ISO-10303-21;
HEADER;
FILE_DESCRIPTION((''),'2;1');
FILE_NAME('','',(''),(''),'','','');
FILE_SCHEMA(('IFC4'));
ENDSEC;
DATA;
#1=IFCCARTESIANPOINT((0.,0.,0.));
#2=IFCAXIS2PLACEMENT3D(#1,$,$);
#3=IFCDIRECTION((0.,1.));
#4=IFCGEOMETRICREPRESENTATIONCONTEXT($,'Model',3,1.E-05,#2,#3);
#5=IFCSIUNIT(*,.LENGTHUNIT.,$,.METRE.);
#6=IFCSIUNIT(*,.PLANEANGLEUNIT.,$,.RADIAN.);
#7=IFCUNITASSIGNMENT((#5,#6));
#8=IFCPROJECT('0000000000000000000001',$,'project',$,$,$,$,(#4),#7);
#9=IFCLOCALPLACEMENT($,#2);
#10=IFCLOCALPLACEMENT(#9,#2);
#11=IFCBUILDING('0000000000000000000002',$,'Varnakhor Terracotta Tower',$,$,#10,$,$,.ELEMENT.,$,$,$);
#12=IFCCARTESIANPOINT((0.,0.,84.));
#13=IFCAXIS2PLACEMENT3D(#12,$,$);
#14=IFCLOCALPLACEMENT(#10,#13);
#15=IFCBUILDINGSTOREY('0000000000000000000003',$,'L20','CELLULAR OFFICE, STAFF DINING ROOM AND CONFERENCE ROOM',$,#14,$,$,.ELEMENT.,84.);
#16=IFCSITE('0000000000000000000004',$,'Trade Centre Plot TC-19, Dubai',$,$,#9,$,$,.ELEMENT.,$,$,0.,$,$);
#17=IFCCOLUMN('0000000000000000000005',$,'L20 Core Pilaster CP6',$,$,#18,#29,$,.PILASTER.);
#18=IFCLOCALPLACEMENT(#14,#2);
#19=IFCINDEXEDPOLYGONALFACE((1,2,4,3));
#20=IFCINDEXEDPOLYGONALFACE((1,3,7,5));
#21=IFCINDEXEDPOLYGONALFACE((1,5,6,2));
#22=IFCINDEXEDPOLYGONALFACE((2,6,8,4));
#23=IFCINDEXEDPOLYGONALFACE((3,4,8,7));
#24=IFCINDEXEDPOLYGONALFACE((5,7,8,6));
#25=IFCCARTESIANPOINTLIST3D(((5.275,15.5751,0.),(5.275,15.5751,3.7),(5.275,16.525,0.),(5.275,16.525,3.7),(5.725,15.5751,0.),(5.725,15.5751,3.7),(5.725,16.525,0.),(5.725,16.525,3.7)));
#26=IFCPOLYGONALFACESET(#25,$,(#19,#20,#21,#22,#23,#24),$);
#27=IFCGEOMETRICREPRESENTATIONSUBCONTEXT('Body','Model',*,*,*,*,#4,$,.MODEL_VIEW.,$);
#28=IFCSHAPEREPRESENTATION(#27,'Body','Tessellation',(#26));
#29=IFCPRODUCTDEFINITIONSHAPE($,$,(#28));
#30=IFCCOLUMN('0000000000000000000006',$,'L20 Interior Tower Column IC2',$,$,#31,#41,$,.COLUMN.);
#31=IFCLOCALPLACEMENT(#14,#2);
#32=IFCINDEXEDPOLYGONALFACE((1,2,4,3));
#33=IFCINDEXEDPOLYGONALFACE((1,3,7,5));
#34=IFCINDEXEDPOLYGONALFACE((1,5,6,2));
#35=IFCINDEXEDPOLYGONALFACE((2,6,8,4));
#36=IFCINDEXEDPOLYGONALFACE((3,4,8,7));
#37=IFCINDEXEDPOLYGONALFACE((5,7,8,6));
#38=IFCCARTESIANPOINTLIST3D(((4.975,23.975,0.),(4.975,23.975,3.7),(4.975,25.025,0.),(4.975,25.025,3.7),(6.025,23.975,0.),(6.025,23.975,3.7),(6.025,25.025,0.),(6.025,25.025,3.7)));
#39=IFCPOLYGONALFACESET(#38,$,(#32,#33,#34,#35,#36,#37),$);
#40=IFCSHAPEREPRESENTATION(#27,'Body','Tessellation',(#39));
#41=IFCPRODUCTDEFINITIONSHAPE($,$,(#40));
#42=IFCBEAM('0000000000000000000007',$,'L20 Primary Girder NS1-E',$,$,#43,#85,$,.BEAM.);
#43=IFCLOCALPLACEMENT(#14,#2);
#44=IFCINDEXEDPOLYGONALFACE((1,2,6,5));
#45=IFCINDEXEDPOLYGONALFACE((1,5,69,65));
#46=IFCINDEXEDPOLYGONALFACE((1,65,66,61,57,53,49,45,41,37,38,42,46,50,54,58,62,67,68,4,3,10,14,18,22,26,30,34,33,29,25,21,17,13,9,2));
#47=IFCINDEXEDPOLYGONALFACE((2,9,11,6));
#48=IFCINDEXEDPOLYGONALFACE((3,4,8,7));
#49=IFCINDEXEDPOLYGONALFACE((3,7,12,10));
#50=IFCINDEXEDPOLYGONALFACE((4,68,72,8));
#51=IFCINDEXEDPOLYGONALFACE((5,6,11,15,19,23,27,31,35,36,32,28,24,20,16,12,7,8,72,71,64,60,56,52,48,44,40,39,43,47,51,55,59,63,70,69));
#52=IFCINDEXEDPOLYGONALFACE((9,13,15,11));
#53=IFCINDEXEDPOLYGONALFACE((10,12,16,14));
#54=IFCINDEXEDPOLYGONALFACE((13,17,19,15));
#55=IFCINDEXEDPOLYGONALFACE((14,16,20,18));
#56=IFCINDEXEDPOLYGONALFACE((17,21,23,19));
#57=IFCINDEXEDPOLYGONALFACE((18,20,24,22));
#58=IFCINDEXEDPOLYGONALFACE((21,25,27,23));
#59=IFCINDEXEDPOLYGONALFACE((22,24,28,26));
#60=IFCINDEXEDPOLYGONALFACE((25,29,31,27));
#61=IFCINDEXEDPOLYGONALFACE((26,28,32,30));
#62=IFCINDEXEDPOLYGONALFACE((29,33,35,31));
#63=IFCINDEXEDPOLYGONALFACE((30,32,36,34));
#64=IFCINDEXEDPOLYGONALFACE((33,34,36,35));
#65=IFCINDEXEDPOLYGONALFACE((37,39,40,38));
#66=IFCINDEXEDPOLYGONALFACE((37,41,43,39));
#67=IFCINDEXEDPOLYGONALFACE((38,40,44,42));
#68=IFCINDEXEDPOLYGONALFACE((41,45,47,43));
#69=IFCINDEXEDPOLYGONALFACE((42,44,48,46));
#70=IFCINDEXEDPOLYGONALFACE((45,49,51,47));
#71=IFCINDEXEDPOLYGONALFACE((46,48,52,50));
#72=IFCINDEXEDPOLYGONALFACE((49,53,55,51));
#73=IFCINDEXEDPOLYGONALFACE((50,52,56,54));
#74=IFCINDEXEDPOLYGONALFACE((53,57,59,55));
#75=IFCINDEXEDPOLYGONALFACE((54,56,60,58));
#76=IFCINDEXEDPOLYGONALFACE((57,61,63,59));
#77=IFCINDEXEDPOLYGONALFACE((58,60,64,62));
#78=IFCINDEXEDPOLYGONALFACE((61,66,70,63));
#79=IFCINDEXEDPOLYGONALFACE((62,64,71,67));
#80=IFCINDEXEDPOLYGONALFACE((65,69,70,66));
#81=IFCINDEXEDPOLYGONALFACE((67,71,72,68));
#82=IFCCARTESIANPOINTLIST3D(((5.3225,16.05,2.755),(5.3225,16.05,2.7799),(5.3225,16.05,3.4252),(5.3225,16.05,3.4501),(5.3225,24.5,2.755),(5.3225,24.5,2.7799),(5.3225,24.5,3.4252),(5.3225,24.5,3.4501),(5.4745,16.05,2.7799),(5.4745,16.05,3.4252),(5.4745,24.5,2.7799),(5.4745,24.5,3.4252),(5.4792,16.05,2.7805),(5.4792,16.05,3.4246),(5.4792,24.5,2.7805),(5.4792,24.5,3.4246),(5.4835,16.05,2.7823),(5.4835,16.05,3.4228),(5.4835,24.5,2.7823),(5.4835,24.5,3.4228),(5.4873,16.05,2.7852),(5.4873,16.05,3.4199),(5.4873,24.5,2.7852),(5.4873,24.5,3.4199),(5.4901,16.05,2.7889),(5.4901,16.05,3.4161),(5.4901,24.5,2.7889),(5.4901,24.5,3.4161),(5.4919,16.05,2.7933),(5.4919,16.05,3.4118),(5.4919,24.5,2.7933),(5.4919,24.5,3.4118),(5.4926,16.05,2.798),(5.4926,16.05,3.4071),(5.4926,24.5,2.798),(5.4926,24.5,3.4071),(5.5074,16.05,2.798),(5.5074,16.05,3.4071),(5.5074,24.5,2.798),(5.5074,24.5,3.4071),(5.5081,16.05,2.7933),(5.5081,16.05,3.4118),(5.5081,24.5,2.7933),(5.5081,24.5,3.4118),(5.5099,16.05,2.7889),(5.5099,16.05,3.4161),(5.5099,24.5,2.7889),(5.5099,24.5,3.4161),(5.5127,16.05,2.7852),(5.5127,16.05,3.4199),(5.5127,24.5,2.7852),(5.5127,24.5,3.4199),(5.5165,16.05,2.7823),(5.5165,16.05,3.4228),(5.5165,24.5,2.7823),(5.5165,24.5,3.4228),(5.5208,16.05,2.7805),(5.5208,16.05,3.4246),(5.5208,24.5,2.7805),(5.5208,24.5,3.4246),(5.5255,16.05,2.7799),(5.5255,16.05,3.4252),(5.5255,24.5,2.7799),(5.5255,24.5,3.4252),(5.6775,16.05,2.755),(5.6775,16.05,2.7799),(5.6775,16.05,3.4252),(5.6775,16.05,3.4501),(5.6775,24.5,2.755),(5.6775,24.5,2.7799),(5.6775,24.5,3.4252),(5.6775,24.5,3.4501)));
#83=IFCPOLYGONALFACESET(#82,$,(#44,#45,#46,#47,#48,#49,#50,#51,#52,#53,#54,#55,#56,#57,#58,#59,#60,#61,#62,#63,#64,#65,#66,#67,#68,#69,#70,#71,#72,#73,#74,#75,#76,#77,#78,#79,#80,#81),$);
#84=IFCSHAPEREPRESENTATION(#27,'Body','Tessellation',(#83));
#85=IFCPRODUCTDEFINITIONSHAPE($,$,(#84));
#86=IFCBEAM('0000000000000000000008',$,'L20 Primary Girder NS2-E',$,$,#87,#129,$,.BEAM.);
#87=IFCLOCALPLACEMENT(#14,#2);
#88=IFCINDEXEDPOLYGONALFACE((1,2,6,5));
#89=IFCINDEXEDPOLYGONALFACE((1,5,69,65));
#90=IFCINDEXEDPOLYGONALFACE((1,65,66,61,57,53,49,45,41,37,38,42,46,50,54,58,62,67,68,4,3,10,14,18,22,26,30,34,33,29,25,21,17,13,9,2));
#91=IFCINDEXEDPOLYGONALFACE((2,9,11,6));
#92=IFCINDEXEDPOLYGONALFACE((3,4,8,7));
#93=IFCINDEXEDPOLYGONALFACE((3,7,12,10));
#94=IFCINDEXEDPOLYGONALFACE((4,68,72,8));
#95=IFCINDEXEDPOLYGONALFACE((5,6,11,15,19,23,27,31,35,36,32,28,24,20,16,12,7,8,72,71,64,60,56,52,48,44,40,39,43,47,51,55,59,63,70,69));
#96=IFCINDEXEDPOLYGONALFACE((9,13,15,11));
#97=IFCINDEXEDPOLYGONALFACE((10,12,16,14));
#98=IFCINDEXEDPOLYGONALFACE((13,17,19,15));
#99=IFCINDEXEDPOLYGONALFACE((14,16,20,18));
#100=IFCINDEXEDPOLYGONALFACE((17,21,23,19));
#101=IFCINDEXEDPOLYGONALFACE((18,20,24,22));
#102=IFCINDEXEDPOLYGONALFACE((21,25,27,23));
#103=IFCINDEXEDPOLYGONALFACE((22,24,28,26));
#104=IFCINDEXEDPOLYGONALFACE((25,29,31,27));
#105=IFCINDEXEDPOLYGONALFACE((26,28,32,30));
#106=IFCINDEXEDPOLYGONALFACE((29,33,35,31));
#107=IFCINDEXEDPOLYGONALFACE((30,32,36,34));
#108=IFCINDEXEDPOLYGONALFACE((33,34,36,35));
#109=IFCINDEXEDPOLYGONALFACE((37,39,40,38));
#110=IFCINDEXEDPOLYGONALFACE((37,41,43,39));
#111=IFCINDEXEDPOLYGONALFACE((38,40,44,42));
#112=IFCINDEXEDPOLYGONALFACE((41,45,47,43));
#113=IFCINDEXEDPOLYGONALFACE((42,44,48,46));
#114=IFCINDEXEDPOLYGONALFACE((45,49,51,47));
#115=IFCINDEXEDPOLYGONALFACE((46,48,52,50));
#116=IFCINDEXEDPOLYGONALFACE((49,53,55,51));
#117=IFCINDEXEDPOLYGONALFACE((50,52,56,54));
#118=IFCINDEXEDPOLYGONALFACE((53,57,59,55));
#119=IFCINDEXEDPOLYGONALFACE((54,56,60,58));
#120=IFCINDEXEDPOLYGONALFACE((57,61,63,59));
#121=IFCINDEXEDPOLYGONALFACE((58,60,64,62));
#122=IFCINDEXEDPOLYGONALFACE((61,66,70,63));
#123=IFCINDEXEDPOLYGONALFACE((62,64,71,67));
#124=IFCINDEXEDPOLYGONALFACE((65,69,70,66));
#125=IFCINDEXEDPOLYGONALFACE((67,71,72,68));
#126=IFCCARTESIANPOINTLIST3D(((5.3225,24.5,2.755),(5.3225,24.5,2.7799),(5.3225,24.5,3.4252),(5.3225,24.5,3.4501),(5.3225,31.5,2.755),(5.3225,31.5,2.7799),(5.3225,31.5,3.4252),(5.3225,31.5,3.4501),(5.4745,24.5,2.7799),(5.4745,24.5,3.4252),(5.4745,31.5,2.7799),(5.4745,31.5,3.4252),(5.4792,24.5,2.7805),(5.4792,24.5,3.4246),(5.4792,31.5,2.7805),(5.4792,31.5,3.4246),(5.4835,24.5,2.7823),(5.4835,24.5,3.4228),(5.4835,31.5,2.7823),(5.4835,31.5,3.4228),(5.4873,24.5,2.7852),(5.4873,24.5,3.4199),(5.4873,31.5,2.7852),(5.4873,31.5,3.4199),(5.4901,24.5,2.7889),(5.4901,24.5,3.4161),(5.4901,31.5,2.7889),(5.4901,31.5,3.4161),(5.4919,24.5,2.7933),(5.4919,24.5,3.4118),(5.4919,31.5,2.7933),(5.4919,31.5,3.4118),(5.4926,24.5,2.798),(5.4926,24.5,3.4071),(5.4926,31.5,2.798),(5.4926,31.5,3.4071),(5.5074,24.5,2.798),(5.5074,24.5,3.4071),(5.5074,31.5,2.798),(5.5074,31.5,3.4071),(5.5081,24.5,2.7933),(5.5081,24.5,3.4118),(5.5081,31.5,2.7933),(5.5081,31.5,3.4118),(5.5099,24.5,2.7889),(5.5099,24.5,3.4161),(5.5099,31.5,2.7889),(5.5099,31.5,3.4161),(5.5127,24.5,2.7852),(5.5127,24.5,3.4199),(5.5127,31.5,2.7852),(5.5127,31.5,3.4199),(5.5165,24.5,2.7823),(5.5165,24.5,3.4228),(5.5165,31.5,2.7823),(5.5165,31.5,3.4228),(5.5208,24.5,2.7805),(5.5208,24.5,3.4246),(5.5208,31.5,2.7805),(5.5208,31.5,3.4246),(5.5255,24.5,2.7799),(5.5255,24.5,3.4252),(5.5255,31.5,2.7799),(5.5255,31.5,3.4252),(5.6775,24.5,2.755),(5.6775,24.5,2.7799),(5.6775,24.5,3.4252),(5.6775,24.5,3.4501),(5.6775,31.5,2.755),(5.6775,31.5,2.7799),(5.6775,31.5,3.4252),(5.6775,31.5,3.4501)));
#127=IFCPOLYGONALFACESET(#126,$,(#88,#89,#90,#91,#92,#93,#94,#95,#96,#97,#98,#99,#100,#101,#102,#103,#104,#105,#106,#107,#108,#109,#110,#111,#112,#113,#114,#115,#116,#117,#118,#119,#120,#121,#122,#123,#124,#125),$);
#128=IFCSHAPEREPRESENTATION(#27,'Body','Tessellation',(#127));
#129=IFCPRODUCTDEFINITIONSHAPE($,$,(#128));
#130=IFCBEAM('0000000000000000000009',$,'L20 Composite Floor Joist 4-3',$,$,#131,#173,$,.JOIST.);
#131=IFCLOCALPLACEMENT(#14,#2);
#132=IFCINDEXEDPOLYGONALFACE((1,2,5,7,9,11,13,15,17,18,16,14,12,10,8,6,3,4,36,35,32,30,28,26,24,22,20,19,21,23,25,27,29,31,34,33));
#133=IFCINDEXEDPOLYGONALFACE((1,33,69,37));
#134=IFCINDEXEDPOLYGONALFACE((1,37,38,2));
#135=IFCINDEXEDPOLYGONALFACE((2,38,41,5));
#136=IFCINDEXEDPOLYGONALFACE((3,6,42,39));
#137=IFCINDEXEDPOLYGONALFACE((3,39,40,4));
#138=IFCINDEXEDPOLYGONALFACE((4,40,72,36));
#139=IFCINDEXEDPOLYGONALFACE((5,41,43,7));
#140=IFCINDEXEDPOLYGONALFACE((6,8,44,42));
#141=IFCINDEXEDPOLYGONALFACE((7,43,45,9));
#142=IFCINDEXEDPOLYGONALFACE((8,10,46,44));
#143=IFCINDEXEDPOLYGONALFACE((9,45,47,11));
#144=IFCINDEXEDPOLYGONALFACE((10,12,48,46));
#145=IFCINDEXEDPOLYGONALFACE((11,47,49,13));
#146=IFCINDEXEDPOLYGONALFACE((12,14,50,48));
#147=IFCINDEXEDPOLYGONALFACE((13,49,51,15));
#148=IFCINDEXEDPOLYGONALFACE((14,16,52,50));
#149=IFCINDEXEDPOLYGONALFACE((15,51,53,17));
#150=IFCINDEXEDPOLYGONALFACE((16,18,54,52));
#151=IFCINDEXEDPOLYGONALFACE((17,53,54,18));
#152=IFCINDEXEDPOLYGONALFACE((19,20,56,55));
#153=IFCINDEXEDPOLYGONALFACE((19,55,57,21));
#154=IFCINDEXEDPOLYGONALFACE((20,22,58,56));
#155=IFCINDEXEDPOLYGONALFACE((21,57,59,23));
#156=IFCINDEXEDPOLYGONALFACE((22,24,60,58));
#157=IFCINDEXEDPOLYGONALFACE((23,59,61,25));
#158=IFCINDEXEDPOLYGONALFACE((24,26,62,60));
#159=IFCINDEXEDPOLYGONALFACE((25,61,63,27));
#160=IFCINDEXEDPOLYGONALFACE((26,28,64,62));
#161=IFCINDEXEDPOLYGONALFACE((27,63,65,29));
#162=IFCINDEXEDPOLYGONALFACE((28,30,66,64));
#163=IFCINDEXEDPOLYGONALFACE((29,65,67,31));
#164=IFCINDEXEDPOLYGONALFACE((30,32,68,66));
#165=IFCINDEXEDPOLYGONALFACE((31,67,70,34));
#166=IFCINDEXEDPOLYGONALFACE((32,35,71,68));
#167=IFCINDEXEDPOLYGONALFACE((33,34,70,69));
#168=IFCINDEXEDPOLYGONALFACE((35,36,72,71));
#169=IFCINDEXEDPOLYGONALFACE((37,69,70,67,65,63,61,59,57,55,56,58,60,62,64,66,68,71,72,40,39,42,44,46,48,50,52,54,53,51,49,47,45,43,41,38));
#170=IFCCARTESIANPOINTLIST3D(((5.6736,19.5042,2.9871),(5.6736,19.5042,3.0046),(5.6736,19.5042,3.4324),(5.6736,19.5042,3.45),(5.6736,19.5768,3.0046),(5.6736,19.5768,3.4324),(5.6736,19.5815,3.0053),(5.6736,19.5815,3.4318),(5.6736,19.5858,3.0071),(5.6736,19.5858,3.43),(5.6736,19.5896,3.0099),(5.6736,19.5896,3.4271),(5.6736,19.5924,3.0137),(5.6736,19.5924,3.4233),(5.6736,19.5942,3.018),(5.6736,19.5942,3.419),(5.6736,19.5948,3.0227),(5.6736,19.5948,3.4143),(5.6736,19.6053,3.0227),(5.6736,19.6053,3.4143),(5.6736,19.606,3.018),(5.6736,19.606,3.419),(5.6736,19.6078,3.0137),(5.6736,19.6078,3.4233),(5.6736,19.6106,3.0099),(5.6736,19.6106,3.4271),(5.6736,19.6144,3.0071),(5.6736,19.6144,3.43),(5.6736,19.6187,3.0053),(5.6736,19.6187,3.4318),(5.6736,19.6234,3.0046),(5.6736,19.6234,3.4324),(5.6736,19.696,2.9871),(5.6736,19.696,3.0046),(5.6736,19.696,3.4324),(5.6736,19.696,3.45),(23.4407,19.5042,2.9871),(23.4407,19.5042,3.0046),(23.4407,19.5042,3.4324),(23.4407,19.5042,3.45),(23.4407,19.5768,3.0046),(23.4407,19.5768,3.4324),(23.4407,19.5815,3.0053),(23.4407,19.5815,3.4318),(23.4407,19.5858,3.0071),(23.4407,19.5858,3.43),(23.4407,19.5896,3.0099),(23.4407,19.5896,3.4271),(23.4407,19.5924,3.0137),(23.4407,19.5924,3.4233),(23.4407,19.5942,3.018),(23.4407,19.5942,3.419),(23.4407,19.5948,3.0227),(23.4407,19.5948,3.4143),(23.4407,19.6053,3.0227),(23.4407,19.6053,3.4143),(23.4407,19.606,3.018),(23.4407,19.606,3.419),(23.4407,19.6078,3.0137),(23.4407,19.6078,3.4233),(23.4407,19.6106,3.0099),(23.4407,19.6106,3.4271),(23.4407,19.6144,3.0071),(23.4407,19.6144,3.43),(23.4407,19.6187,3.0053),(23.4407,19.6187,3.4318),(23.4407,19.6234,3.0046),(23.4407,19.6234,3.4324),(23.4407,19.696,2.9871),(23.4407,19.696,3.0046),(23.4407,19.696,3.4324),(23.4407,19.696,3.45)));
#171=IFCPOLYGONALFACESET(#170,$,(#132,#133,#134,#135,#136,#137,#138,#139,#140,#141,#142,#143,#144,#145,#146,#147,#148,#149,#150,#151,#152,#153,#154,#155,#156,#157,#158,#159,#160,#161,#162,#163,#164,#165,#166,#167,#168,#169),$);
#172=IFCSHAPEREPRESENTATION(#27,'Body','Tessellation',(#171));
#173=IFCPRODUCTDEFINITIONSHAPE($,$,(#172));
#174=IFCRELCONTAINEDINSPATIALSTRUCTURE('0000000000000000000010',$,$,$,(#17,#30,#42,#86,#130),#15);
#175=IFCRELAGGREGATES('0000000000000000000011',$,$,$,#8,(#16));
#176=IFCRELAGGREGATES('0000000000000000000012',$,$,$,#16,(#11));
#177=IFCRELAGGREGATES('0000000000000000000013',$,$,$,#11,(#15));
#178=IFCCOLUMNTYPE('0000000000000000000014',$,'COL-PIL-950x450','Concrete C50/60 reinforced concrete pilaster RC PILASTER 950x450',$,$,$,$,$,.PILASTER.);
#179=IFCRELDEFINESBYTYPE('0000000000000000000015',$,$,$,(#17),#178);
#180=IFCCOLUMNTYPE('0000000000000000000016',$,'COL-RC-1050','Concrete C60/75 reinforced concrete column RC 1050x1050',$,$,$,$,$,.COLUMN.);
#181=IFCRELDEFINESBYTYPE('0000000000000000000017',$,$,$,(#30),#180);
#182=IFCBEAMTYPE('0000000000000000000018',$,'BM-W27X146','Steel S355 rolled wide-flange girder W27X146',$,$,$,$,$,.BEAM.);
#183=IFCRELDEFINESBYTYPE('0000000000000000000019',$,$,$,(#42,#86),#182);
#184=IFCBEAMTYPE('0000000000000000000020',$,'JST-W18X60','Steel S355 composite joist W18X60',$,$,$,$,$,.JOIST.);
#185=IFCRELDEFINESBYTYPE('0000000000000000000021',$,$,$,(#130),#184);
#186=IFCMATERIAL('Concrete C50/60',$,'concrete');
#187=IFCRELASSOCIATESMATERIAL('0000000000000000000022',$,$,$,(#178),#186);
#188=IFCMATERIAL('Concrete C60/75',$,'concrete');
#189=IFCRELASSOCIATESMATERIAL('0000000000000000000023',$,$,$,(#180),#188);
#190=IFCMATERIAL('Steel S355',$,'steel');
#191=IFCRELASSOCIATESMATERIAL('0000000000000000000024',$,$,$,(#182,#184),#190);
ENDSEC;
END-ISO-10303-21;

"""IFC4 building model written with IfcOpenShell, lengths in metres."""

from ifc_helpers import new_model, si_unit, direction, frame, origin, origin_2d, place, context, subcontext, project, spatial, rectangle, i_section, extrude, source, transform, mapped, material, material_profile, profile_set, type_object, type_shapes, element, save


model = new_model("IFC4")

# Units and contexts
model_context = context("Model", 3, precision=1e-05, world=origin(), true_north=direction((0.0, 1.0)))
body_context = subcontext(model_context, "Body", "Model", "MODEL_VIEW")
ifc_project = project(units=[si_unit("LENGTHUNIT", "METRE"), si_unit("PLANEANGLEUNIT", "RADIAN")], contexts=[model_context])

# Site, building, storey
site_placement = place(None, origin())
site = spatial("IfcSite", under=ifc_project, at=site_placement, Name="Trade Centre Plot TC-19, Dubai", CompositionType="ELEMENT", RefElevation=0.0)
building_placement = place(site_placement, origin())
building = spatial("IfcBuilding", under=site, at=building_placement, Name="Varnakhor Terracotta Tower", CompositionType="ELEMENT")
storey_placement = place(building_placement, frame((0.0, 0.0, 84.0)))
storey = spatial("IfcBuildingStorey", under=building, at=storey_placement, Name="L20", Description="CELLULAR OFFICE, STAFF DINING ROOM AND CONFERENCE ROOM", CompositionType="ELEMENT", Elevation=84.0)

# Columns
ifc_material_1 = material(Name="Concrete C50/60", Category="concrete")
ifc_material_profile_1 = material_profile(ifc_material_1, rectangle(XDim=0.45, YDim=0.95, at=origin_2d()), Name="RC PILASTER 950x450")
ifc_profile_set_1 = profile_set([ifc_material_profile_1], Name="Concrete C50/60")
column_type_1 = type_object("IfcColumnType", Name="COL-PIL-950x450", Description="Concrete C50/60 reinforced concrete pilaster RC PILASTER 950x450", PredefinedType="PILASTER", material=ifc_profile_set_1)
shared_shape_1 = source(origin(), body_context, "Body", "SweptSolid", [
    extrude(rectangle(XDim=0.45, YDim=0.95, at=origin_2d()), origin(), (0.0, 0.0, 1.0), 3.7),
])
column_1_placement = place(storey_placement, frame((5.5, 16.05, 0.0), z_axis=(0.0, 0.0, 1.0), x_axis=(1.0, 0.0, 0.0)))
element("IfcColumn", 1, at=column_1_placement, inside=storey, type_object=column_type_1, Name="L20 Core Pilaster CP6", PredefinedType="PILASTER", context=body_context, shape_type="MappedRepresentation", body=[
    mapped(shared_shape_1, transform((0.0, 0.0, 0.0), scale=1.0)),
])
ifc_material_2 = material(Name="Concrete C60/75", Category="concrete")
ifc_material_profile_2 = material_profile(ifc_material_2, rectangle(XDim=1.05, YDim=1.05, at=origin_2d()), Name="RC 1050x1050")
ifc_profile_set_2 = profile_set([ifc_material_profile_2], Name="Concrete C60/75")
column_type_2 = type_object("IfcColumnType", Name="COL-RC-1050", Description="Concrete C60/75 reinforced concrete column RC 1050x1050", PredefinedType="COLUMN", material=ifc_profile_set_2)
shared_shape_2 = source(origin(), body_context, "Body", "SweptSolid", [
    extrude(rectangle(XDim=1.05, YDim=1.05, at=origin_2d()), origin(), (0.0, 0.0, 1.0), 3.7),
])
column_2_placement = place(storey_placement, frame((5.5, 24.5, 0.0), z_axis=(0.0, 0.0, 1.0), x_axis=(1.0, 0.0, 0.0)))
element("IfcColumn", 2, at=column_2_placement, inside=storey, type_object=column_type_2, Name="L20 Interior Tower Column IC2", PredefinedType="COLUMN", context=body_context, shape_type="MappedRepresentation", body=[
    mapped(shared_shape_2, transform((0.0, 0.0, 0.0), scale=1.0)),
])

# Beams
ifc_material_3 = material(Name="Steel S355", Category="steel")
ifc_material_profile_3 = material_profile(ifc_material_3, i_section(OverallWidth=0.355, OverallDepth=0.6951, WebThickness=0.0149, FlangeThickness=0.0249, FilletRadius=0.0181, at=origin_2d()), Name="W27X146")
ifc_profile_set_3 = profile_set([ifc_material_profile_3], Name="Steel S355")
beam_type_1 = type_object("IfcBeamType", Name="BM-W27X146", Description="Steel S355 rolled wide-flange girder W27X146", PredefinedType="BEAM", material=ifc_profile_set_3)
shared_shape_3 = source(origin(), body_context, "Body", "SweptSolid", [
    extrude(i_section(OverallWidth=0.355, OverallDepth=0.6951, WebThickness=0.0149, FlangeThickness=0.0249, FilletRadius=0.0181, at=origin_2d()), origin(), (0.0, 0.0, 1.0), 8.45),
])
type_shapes(beam_type_1, [shared_shape_3])
beam_1_placement = place(storey_placement, frame((5.5, 16.05, 3.1025), z_axis=(0.0, 1.0, 0.0), x_axis=(-1.0, 0.0, 0.0)))
element("IfcBeam", 3, at=beam_1_placement, inside=storey, type_object=beam_type_1, Name="L20 Primary Girder NS1-E", PredefinedType="BEAM", context=body_context, shape_type="MappedRepresentation", body=[
    mapped(shared_shape_3, transform((0.0, 0.0, 0.0), scale=1.0)),
])
shared_shape_4 = source(origin(), body_context, "Body", "SweptSolid", [
    extrude(i_section(OverallWidth=0.355, OverallDepth=0.6951, WebThickness=0.0149, FlangeThickness=0.0249, FilletRadius=0.0181, at=origin_2d()), origin(), (0.0, 0.0, 1.0), 7.0),
])
beam_2_placement = place(storey_placement, frame((5.5, 24.5, 3.1025), z_axis=(0.0, 1.0, 0.0), x_axis=(-1.0, 0.0, 0.0)))
element("IfcBeam", 4, at=beam_2_placement, inside=storey, type_object=beam_type_1, Name="L20 Primary Girder NS2-E", PredefinedType="BEAM", context=body_context, shape_type="MappedRepresentation", body=[
    mapped(shared_shape_4, transform((0.0, 0.0, 0.0), scale=1.0)),
])
ifc_material_profile_4 = material_profile(ifc_material_3, i_section(OverallWidth=0.1919, OverallDepth=0.4629, WebThickness=0.0105, FlangeThickness=0.0176, FilletRadius=0.0181, at=origin_2d()), Name="W18X60")
ifc_profile_set_4 = profile_set([ifc_material_profile_4], Name="Steel S355")
beam_type_2 = type_object("IfcBeamType", Name="JST-W18X60", Description="Steel S355 composite joist W18X60", PredefinedType="JOIST", material=ifc_profile_set_4)
shared_shape_5 = source(origin(), body_context, "Body", "SweptSolid", [
    extrude(i_section(OverallWidth=0.1919, OverallDepth=0.4629, WebThickness=0.0105, FlangeThickness=0.0176, FilletRadius=0.0181, at=origin_2d()), origin(), (0.0, 0.0, 1.0), 17.7671),
])
beam_3_placement = place(storey_placement, frame((5.6736, 19.6001, 3.2185), z_axis=(1.0, 0.0, 0.0), x_axis=(0.0, 1.0, 0.0)))
element("IfcBeam", 5, at=beam_3_placement, inside=storey, type_object=beam_type_2, Name="L20 Composite Floor Joist 4-3", PredefinedType="JOIST", context=body_context, shape_type="MappedRepresentation", body=[
    mapped(shared_shape_5, transform((0.0, 0.0, 0.0), scale=1.0)),
])

save(model, "model.ifc")
